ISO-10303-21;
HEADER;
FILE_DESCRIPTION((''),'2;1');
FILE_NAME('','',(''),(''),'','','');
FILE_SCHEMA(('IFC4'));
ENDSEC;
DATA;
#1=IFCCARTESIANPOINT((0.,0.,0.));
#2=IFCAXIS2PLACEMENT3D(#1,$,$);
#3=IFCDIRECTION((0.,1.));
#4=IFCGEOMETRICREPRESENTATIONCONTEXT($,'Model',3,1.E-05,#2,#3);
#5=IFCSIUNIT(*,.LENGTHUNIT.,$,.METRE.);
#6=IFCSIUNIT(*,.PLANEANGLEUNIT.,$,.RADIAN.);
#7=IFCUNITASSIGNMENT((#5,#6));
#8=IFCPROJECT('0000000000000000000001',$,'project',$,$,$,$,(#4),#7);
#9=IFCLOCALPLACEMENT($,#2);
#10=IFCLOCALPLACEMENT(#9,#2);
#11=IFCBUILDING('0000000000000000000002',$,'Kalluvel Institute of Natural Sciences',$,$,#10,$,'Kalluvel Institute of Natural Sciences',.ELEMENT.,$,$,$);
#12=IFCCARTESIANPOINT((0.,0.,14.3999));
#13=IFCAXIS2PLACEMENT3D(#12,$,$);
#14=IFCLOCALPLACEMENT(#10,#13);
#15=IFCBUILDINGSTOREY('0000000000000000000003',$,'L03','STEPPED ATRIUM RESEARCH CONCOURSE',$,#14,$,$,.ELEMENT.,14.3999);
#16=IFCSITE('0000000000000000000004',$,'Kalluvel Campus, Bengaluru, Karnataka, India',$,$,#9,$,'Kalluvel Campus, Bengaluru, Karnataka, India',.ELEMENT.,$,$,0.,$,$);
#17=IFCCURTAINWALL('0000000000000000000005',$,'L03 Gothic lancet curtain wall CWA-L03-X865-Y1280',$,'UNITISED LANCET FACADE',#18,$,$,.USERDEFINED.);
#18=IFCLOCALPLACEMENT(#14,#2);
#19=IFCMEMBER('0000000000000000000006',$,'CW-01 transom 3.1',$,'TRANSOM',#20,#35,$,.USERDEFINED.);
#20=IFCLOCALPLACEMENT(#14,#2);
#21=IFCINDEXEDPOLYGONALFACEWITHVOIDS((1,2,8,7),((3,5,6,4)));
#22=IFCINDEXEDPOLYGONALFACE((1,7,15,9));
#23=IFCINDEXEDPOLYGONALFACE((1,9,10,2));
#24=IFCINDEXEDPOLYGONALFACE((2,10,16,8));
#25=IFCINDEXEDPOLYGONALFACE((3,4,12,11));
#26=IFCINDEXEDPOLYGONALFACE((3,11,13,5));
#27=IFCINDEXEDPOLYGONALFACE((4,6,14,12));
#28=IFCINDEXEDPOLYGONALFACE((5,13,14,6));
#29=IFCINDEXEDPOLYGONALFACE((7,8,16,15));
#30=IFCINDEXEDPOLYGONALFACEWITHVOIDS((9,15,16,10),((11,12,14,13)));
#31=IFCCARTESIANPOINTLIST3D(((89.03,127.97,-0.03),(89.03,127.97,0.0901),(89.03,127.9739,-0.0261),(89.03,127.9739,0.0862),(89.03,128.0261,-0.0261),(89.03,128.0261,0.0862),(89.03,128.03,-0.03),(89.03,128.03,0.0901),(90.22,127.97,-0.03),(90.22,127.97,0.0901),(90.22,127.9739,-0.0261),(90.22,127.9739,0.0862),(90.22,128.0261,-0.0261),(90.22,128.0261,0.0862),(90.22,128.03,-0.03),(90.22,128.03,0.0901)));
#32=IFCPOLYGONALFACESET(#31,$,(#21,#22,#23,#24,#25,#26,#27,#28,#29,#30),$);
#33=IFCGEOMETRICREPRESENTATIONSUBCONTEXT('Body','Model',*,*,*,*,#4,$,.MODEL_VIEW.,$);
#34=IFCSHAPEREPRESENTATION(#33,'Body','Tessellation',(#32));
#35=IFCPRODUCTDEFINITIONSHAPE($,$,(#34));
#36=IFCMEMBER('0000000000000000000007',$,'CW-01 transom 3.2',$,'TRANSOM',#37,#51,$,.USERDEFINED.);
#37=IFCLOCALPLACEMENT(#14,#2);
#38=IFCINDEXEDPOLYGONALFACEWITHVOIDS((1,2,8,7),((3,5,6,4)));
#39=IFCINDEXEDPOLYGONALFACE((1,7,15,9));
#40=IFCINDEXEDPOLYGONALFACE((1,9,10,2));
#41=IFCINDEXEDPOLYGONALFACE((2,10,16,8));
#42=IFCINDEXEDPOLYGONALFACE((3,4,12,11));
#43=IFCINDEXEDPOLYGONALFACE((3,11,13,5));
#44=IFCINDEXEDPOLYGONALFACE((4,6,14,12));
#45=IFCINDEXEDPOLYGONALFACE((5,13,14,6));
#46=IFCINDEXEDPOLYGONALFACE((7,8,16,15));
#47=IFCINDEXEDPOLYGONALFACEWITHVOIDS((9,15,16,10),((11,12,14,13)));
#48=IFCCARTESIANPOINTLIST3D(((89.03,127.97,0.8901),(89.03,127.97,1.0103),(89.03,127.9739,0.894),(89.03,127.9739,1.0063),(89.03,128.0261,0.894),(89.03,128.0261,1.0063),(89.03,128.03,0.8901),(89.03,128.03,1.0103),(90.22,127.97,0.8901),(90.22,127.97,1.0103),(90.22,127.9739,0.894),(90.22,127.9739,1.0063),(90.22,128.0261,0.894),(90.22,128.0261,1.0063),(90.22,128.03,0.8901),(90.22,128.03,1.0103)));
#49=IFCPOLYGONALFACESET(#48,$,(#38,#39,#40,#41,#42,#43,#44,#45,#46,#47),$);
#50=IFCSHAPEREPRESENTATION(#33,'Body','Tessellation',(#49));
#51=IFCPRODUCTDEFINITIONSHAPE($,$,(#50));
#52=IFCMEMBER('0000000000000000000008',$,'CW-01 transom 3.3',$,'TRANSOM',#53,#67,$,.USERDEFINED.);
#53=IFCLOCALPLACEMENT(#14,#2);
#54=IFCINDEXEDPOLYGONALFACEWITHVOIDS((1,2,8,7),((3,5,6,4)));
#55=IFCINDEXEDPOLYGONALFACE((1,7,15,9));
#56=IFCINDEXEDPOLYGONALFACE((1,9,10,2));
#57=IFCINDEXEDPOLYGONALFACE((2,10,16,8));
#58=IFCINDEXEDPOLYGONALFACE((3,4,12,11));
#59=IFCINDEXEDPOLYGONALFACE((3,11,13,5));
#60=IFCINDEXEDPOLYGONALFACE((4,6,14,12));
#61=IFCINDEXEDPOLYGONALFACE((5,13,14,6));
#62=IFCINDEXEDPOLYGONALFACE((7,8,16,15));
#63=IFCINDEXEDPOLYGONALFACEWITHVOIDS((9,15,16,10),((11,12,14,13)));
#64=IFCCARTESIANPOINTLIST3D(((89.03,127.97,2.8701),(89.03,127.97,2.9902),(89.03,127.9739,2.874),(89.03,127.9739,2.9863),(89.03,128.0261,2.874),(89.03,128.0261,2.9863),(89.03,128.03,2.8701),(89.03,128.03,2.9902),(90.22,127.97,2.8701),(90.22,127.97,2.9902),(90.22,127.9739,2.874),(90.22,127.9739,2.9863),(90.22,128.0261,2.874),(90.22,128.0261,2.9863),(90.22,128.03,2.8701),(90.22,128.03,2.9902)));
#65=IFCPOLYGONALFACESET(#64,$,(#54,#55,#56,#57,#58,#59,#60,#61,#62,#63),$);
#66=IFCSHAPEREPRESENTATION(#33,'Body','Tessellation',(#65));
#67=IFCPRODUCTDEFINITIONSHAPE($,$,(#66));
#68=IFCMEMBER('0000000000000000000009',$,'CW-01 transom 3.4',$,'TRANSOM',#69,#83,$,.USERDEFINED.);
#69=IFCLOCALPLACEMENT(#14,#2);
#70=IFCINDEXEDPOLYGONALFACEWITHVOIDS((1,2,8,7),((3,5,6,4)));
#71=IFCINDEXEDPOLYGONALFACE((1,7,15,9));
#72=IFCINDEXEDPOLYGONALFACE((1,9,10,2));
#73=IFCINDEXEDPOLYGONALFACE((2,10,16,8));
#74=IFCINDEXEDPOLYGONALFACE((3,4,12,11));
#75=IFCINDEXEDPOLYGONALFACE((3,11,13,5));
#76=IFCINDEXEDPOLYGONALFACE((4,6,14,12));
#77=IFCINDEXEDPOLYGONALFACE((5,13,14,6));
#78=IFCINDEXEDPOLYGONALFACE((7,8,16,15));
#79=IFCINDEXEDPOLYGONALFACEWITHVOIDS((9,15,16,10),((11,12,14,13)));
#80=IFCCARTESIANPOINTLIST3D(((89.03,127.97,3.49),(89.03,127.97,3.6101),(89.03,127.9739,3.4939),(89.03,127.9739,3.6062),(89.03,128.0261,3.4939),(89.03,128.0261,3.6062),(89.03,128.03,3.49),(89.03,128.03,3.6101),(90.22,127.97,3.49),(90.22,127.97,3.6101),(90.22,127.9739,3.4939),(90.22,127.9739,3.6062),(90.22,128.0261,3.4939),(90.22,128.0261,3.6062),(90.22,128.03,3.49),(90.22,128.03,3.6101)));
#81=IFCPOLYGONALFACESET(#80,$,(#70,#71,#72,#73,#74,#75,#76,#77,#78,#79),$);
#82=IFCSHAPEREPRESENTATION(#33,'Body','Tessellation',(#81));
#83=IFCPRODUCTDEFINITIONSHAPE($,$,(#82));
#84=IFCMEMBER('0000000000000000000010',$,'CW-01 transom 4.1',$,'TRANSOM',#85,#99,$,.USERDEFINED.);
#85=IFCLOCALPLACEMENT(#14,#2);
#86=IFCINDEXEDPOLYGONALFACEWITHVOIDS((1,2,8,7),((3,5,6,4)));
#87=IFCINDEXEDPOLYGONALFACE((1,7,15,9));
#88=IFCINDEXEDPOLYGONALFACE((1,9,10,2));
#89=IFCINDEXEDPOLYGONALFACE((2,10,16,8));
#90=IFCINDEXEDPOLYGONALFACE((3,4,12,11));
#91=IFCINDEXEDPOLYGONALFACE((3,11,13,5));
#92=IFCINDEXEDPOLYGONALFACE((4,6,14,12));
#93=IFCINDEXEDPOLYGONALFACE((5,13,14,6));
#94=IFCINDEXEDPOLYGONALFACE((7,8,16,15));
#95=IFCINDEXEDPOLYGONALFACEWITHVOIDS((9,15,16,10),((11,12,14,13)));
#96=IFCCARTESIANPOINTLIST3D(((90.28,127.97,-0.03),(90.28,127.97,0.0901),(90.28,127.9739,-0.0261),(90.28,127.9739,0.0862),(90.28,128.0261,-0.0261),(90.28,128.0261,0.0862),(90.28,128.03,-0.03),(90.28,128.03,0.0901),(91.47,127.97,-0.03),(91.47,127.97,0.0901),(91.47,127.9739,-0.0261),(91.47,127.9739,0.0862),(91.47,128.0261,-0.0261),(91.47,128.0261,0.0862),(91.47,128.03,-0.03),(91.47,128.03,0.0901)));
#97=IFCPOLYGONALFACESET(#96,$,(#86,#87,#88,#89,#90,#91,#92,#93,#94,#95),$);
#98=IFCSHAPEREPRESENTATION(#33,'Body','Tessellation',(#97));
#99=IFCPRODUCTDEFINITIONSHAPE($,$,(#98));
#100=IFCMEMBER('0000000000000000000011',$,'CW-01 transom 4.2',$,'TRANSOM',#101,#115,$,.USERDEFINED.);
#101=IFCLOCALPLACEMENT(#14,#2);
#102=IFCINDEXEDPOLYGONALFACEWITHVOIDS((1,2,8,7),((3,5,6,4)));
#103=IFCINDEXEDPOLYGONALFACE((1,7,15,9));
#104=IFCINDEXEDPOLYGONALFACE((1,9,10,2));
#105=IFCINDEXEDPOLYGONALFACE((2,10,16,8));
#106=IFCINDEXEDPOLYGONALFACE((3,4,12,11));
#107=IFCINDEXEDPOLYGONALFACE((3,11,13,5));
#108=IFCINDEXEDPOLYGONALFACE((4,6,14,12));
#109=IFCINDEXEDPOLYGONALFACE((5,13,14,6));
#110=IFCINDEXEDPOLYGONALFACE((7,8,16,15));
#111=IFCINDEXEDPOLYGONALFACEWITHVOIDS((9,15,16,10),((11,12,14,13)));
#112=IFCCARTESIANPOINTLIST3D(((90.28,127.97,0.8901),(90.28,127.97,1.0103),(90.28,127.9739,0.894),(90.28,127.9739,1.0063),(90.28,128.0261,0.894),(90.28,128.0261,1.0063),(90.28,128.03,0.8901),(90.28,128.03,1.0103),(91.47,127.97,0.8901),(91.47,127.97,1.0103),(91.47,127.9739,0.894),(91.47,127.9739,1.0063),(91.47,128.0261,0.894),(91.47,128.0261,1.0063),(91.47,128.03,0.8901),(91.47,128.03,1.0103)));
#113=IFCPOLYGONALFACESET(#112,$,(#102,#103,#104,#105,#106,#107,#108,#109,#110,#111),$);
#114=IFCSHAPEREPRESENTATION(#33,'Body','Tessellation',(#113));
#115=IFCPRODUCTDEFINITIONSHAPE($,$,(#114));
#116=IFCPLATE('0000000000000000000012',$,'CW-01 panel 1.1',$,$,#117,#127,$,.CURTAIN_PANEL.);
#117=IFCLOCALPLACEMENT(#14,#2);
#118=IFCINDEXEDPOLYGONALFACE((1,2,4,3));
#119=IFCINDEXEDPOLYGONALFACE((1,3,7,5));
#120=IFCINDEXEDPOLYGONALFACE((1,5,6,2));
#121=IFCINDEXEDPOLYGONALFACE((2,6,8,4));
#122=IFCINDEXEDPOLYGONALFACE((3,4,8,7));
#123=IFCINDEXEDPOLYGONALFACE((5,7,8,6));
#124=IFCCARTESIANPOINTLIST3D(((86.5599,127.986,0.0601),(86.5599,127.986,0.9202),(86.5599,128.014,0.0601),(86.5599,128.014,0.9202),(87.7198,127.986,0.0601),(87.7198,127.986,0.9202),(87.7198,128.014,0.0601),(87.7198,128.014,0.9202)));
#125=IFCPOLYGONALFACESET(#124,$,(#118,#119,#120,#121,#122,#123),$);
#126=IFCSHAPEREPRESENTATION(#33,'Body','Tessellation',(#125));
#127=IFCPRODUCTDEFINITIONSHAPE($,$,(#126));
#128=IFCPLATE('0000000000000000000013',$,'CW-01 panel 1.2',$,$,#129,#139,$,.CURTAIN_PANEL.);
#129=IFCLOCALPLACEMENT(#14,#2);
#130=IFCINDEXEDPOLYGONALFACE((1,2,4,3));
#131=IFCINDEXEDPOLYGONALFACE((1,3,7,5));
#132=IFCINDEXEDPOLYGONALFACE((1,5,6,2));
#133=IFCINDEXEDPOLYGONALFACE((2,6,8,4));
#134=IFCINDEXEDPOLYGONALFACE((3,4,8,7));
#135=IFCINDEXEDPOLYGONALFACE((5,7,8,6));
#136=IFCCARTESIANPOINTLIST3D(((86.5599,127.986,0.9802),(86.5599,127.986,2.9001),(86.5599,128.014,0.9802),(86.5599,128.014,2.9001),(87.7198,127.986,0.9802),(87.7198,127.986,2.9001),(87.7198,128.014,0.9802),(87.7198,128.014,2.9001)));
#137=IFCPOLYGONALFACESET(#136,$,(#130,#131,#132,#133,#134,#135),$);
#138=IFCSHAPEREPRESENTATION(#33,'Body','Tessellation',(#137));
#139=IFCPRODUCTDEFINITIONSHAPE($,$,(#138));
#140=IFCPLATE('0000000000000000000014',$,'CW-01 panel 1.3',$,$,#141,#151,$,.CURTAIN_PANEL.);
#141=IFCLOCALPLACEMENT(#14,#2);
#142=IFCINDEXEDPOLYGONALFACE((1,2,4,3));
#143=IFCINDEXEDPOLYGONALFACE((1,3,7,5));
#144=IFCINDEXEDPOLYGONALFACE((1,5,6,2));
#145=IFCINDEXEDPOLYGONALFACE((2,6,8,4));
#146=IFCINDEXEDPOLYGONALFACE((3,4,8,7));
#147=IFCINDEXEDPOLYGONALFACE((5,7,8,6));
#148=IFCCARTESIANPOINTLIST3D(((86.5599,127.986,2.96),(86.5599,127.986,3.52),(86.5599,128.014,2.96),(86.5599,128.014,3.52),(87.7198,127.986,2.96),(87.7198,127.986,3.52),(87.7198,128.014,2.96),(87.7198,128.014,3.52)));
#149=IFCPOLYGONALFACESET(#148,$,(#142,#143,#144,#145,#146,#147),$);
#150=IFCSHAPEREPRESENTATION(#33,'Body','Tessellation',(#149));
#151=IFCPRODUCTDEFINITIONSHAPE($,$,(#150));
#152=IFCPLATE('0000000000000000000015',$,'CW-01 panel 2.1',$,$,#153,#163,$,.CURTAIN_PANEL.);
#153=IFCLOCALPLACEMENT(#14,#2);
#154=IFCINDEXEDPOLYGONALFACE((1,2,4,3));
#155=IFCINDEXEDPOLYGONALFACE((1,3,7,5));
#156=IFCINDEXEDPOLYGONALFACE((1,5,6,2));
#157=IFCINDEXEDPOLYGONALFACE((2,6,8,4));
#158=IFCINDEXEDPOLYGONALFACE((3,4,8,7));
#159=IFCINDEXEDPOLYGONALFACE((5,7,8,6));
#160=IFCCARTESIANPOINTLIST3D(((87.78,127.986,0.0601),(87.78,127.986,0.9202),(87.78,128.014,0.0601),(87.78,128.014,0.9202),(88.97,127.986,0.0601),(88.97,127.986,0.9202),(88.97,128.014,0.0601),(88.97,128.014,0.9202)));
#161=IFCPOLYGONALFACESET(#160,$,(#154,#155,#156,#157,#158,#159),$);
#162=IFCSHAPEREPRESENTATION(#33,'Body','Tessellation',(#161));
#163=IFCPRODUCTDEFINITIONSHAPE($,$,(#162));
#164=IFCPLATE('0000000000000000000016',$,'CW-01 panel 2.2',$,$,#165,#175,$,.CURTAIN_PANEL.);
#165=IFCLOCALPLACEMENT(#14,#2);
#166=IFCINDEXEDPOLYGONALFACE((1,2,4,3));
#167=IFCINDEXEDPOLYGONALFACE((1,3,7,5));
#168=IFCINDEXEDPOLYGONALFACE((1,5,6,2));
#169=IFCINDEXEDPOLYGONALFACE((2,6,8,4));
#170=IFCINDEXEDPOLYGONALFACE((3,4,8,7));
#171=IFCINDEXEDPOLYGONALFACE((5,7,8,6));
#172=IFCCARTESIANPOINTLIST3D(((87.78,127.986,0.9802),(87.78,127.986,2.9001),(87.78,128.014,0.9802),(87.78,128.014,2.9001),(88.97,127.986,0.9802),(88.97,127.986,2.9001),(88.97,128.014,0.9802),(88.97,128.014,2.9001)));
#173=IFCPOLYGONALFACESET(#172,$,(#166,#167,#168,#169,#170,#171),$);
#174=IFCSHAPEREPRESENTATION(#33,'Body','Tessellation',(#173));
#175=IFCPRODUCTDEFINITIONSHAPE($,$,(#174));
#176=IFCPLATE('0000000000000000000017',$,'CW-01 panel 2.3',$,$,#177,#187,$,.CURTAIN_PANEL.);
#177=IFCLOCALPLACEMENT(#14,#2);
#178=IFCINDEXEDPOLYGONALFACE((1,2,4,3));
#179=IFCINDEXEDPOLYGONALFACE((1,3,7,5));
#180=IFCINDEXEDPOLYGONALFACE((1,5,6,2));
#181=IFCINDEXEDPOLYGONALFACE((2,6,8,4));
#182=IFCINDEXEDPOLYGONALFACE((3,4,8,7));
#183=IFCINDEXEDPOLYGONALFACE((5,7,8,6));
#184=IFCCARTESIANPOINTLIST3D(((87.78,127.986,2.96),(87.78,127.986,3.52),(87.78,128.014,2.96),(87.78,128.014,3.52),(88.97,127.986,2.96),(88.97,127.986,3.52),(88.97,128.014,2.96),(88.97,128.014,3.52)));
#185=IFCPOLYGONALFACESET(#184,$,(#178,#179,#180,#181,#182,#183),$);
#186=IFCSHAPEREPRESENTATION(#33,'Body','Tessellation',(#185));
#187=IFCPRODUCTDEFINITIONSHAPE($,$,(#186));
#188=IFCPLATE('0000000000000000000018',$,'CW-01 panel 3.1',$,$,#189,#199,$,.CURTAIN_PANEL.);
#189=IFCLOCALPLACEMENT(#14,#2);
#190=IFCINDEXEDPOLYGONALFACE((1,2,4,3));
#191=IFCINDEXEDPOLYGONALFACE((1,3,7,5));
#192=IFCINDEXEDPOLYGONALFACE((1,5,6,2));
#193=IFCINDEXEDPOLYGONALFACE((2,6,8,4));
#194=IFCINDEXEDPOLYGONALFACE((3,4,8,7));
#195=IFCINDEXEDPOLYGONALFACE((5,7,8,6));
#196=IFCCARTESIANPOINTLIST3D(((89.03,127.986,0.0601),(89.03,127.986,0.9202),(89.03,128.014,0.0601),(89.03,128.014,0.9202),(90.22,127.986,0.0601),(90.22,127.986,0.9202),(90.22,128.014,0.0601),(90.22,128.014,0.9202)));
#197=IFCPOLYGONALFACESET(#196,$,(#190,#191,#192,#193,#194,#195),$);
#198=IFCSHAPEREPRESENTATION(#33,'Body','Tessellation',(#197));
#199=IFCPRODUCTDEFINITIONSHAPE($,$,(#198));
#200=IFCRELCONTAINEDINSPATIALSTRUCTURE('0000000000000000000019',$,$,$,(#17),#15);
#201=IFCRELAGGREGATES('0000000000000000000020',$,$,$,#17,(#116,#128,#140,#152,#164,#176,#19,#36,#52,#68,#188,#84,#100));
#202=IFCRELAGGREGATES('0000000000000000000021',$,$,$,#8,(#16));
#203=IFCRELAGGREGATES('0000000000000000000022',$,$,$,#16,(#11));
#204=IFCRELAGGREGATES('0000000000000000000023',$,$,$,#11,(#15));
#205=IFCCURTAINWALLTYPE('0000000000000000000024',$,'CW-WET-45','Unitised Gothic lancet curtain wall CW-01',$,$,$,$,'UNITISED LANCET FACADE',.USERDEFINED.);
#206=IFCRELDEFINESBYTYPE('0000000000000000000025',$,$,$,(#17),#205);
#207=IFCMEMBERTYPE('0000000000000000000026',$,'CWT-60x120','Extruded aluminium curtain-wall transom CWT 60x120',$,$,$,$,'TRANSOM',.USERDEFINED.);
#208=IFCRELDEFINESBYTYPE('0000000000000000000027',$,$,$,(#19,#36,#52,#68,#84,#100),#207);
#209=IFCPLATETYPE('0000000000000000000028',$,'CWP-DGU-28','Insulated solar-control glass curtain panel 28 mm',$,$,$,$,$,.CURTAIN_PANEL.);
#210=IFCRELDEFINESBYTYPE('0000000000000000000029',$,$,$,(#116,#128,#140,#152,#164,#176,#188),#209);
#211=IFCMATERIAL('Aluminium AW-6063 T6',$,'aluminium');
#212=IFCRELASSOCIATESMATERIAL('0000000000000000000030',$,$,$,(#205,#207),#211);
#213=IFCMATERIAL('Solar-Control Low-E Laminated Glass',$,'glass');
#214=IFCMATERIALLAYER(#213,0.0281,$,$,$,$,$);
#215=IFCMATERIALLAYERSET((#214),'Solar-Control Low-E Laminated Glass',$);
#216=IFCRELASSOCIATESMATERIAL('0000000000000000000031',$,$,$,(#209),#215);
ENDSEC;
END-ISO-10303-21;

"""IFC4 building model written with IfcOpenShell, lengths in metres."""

from ifc_helpers import new_model, si_unit, direction, frame, origin, origin_2d, place, context, subcontext, project, spatial, rectangle, hollow_rectangle, extrude, material, layer, layer_set, material_profile, profile_set, type_object, element, aggregate, save


model = new_model("IFC4")

# Units and contexts
model_context = context("Model", 3, precision=1e-05, world=origin(), true_north=direction((0.0, 1.0)))
body_context = subcontext(model_context, "Body", "Model", "MODEL_VIEW")
ifc_project = project(units=[si_unit("LENGTHUNIT", "METRE"), si_unit("PLANEANGLEUNIT", "RADIAN")], contexts=[model_context])

# Site, building, storey
site_placement = place(None, origin())
site = spatial("IfcSite", under=ifc_project, at=site_placement, Name="Kalluvel Campus, Bengaluru, Karnataka, India", LongName="Kalluvel Campus, Bengaluru, Karnataka, India", CompositionType="ELEMENT", RefElevation=0.0)
building_placement = place(site_placement, origin())
building = spatial("IfcBuilding", under=site, at=building_placement, Name="Kalluvel Institute of Natural Sciences", LongName="Kalluvel Institute of Natural Sciences", CompositionType="ELEMENT")
storey_placement = place(building_placement, frame((0.0, 0.0, 14.3999)))
storey = spatial("IfcBuildingStorey", under=building, at=storey_placement, Name="L03", Description="STEPPED ATRIUM RESEARCH CONCOURSE", CompositionType="ELEMENT", Elevation=14.3999)

# Curtain wall, members, plates
ifc_material_1 = material(Name="Aluminium AW-6063 T6", Category="aluminium")
curtain_wall_type = type_object("IfcCurtainWallType", Name="CW-WET-45", Description="Unitised Gothic lancet curtain wall CW-01", ElementType="UNITISED LANCET FACADE", PredefinedType="USERDEFINED", material=ifc_material_1)
curtain_wall_placement = place(storey_placement, origin())
curtain_wall = element("IfcCurtainWall", 1, at=curtain_wall_placement, inside=storey, type_object=curtain_wall_type, Name="L03 Gothic lancet curtain wall CWA-L03-X865-Y1280", ObjectType="UNITISED LANCET FACADE", PredefinedType="USERDEFINED")
ifc_material_profile_1 = material_profile(ifc_material_1, hollow_rectangle(XDim=0.0601, YDim=0.1201, WallThickness=0.0039, at=origin_2d()), Name="CWT 60x120")
ifc_profile_set_1 = profile_set([ifc_material_profile_1], Name="Aluminium AW-6063 T6")
member_type_1 = type_object("IfcMemberType", Name="CWT-60x120", Description="Extruded aluminium curtain-wall transom CWT 60x120", ElementType="TRANSOM", PredefinedType="USERDEFINED", material=ifc_profile_set_1)
member_1_placement = place(storey_placement, frame((89.03, 128.0, 0.03), z_axis=(1.0, 0.0, 0.0), x_axis=(0.0, 1.0, 0.0)))
member_1 = element("IfcMember", 2, at=member_1_placement, type_object=member_type_1, Name="CW-01 transom 3.1", ObjectType="TRANSOM", PredefinedType="USERDEFINED", context=body_context, shape_type="SweptSolid", body=[
    extrude(hollow_rectangle(XDim=0.0601, YDim=0.1201, WallThickness=0.0039, at=origin_2d()), origin(), (0.0, 0.0, 1.0), 1.1899),
])
member_2_placement = place(storey_placement, frame((89.03, 128.0, 0.9502), z_axis=(1.0, 0.0, 0.0), x_axis=(0.0, 1.0, 0.0)))
member_2 = element("IfcMember", 3, at=member_2_placement, type_object=member_type_1, Name="CW-01 transom 3.2", ObjectType="TRANSOM", PredefinedType="USERDEFINED", context=body_context, shape_type="SweptSolid", body=[
    extrude(hollow_rectangle(XDim=0.0601, YDim=0.1201, WallThickness=0.0039, at=origin_2d()), origin(), (0.0, 0.0, 1.0), 1.1899),
])
member_3_placement = place(storey_placement, frame((89.03, 128.0, 2.9302), z_axis=(1.0, 0.0, 0.0), x_axis=(0.0, 1.0, 0.0)))
member_3 = element("IfcMember", 4, at=member_3_placement, type_object=member_type_1, Name="CW-01 transom 3.3", ObjectType="TRANSOM", PredefinedType="USERDEFINED", context=body_context, shape_type="SweptSolid", body=[
    extrude(hollow_rectangle(XDim=0.0601, YDim=0.1201, WallThickness=0.0039, at=origin_2d()), origin(), (0.0, 0.0, 1.0), 1.1899),
])
member_4_placement = place(storey_placement, frame((89.03, 128.0, 3.55), z_axis=(1.0, 0.0, 0.0), x_axis=(0.0, 1.0, 0.0)))
member_4 = element("IfcMember", 5, at=member_4_placement, type_object=member_type_1, Name="CW-01 transom 3.4", ObjectType="TRANSOM", PredefinedType="USERDEFINED", context=body_context, shape_type="SweptSolid", body=[
    extrude(hollow_rectangle(XDim=0.0601, YDim=0.1201, WallThickness=0.0039, at=origin_2d()), origin(), (0.0, 0.0, 1.0), 1.1899),
])
member_5_placement = place(storey_placement, frame((90.28, 128.0, 0.03), z_axis=(1.0, 0.0, 0.0), x_axis=(0.0, 1.0, 0.0)))
member_5 = element("IfcMember", 6, at=member_5_placement, type_object=member_type_1, Name="CW-01 transom 4.1", ObjectType="TRANSOM", PredefinedType="USERDEFINED", context=body_context, shape_type="SweptSolid", body=[
    extrude(hollow_rectangle(XDim=0.0601, YDim=0.1201, WallThickness=0.0039, at=origin_2d()), origin(), (0.0, 0.0, 1.0), 1.1899),
])
member_6_placement = place(storey_placement, frame((90.28, 128.0, 0.9502), z_axis=(1.0, 0.0, 0.0), x_axis=(0.0, 1.0, 0.0)))
member_6 = element("IfcMember", 7, at=member_6_placement, type_object=member_type_1, Name="CW-01 transom 4.2", ObjectType="TRANSOM", PredefinedType="USERDEFINED", context=body_context, shape_type="SweptSolid", body=[
    extrude(hollow_rectangle(XDim=0.0601, YDim=0.1201, WallThickness=0.0039, at=origin_2d()), origin(), (0.0, 0.0, 1.0), 1.1899),
])
ifc_material_2 = material(Name="Solar-Control Low-E Laminated Glass", Category="glass")
ifc_layer = layer(ifc_material_2, 0.0281)
ifc_layer_set = layer_set([ifc_layer], Name="Solar-Control Low-E Laminated Glass")
plate_type = type_object("IfcPlateType", Name="CWP-DGU-28", Description="Insulated solar-control glass curtain panel 28 mm", PredefinedType="CURTAIN_PANEL", material=ifc_layer_set)
plate_1_placement = place(storey_placement, frame((87.1399, 128.0, 0.0601), z_axis=(0.0, 0.0, 1.0), x_axis=(1.0, 0.0, 0.0)))
plate_1 = element("IfcPlate", 8, at=plate_1_placement, type_object=plate_type, Name="CW-01 panel 1.1", PredefinedType="CURTAIN_PANEL", context=body_context, shape_type="SweptSolid", body=[
    extrude(rectangle(XDim=1.1599, YDim=0.0281, at=origin_2d()), origin(), (0.0, 0.0, 1.0), 0.8601),
])
plate_2_placement = place(storey_placement, frame((87.1399, 128.0, 0.9802), z_axis=(0.0, 0.0, 1.0), x_axis=(1.0, 0.0, 0.0)))
plate_2 = element("IfcPlate", 9, at=plate_2_placement, type_object=plate_type, Name="CW-01 panel 1.2", PredefinedType="CURTAIN_PANEL", context=body_context, shape_type="SweptSolid", body=[
    extrude(rectangle(XDim=1.1599, YDim=0.0281, at=origin_2d()), origin(), (0.0, 0.0, 1.0), 1.9199),
])
plate_3_placement = place(storey_placement, frame((87.1399, 128.0, 2.96), z_axis=(0.0, 0.0, 1.0), x_axis=(1.0, 0.0, 0.0)))
plate_3 = element("IfcPlate", 10, at=plate_3_placement, type_object=plate_type, Name="CW-01 panel 1.3", PredefinedType="CURTAIN_PANEL", context=body_context, shape_type="SweptSolid", body=[
    extrude(rectangle(XDim=1.1599, YDim=0.0281, at=origin_2d()), origin(), (0.0, 0.0, 1.0), 0.5601),
])
plate_4_placement = place(storey_placement, frame((88.375, 128.0, 0.0601), z_axis=(0.0, 0.0, 1.0), x_axis=(1.0, 0.0, 0.0)))
plate_4 = element("IfcPlate", 11, at=plate_4_placement, type_object=plate_type, Name="CW-01 panel 2.1", PredefinedType="CURTAIN_PANEL", context=body_context, shape_type="SweptSolid", body=[
    extrude(rectangle(XDim=1.1899, YDim=0.0281, at=origin_2d()), origin(), (0.0, 0.0, 1.0), 0.8601),
])
plate_5_placement = place(storey_placement, frame((88.375, 128.0, 0.9802), z_axis=(0.0, 0.0, 1.0), x_axis=(1.0, 0.0, 0.0)))
plate_5 = element("IfcPlate", 12, at=plate_5_placement, type_object=plate_type, Name="CW-01 panel 2.2", PredefinedType="CURTAIN_PANEL", context=body_context, shape_type="SweptSolid", body=[
    extrude(rectangle(XDim=1.1899, YDim=0.0281, at=origin_2d()), origin(), (0.0, 0.0, 1.0), 1.9199),
])
plate_6_placement = place(storey_placement, frame((88.375, 128.0, 2.96), z_axis=(0.0, 0.0, 1.0), x_axis=(1.0, 0.0, 0.0)))
plate_6 = element("IfcPlate", 13, at=plate_6_placement, type_object=plate_type, Name="CW-01 panel 2.3", PredefinedType="CURTAIN_PANEL", context=body_context, shape_type="SweptSolid", body=[
    extrude(rectangle(XDim=1.1899, YDim=0.0281, at=origin_2d()), origin(), (0.0, 0.0, 1.0), 0.5601),
])
plate_7_placement = place(storey_placement, frame((89.625, 128.0, 0.0601), z_axis=(0.0, 0.0, 1.0), x_axis=(1.0, 0.0, 0.0)))
plate_7 = element("IfcPlate", 14, at=plate_7_placement, type_object=plate_type, Name="CW-01 panel 3.1", PredefinedType="CURTAIN_PANEL", context=body_context, shape_type="SweptSolid", body=[
    extrude(rectangle(XDim=1.1899, YDim=0.0281, at=origin_2d()), origin(), (0.0, 0.0, 1.0), 0.8601),
])
aggregate(curtain_wall, [plate_1, plate_2, plate_3, plate_4, plate_5, plate_6, member_1, member_2, member_3, member_4, plate_7, member_5, member_6])

save(model, "model.ifc")
